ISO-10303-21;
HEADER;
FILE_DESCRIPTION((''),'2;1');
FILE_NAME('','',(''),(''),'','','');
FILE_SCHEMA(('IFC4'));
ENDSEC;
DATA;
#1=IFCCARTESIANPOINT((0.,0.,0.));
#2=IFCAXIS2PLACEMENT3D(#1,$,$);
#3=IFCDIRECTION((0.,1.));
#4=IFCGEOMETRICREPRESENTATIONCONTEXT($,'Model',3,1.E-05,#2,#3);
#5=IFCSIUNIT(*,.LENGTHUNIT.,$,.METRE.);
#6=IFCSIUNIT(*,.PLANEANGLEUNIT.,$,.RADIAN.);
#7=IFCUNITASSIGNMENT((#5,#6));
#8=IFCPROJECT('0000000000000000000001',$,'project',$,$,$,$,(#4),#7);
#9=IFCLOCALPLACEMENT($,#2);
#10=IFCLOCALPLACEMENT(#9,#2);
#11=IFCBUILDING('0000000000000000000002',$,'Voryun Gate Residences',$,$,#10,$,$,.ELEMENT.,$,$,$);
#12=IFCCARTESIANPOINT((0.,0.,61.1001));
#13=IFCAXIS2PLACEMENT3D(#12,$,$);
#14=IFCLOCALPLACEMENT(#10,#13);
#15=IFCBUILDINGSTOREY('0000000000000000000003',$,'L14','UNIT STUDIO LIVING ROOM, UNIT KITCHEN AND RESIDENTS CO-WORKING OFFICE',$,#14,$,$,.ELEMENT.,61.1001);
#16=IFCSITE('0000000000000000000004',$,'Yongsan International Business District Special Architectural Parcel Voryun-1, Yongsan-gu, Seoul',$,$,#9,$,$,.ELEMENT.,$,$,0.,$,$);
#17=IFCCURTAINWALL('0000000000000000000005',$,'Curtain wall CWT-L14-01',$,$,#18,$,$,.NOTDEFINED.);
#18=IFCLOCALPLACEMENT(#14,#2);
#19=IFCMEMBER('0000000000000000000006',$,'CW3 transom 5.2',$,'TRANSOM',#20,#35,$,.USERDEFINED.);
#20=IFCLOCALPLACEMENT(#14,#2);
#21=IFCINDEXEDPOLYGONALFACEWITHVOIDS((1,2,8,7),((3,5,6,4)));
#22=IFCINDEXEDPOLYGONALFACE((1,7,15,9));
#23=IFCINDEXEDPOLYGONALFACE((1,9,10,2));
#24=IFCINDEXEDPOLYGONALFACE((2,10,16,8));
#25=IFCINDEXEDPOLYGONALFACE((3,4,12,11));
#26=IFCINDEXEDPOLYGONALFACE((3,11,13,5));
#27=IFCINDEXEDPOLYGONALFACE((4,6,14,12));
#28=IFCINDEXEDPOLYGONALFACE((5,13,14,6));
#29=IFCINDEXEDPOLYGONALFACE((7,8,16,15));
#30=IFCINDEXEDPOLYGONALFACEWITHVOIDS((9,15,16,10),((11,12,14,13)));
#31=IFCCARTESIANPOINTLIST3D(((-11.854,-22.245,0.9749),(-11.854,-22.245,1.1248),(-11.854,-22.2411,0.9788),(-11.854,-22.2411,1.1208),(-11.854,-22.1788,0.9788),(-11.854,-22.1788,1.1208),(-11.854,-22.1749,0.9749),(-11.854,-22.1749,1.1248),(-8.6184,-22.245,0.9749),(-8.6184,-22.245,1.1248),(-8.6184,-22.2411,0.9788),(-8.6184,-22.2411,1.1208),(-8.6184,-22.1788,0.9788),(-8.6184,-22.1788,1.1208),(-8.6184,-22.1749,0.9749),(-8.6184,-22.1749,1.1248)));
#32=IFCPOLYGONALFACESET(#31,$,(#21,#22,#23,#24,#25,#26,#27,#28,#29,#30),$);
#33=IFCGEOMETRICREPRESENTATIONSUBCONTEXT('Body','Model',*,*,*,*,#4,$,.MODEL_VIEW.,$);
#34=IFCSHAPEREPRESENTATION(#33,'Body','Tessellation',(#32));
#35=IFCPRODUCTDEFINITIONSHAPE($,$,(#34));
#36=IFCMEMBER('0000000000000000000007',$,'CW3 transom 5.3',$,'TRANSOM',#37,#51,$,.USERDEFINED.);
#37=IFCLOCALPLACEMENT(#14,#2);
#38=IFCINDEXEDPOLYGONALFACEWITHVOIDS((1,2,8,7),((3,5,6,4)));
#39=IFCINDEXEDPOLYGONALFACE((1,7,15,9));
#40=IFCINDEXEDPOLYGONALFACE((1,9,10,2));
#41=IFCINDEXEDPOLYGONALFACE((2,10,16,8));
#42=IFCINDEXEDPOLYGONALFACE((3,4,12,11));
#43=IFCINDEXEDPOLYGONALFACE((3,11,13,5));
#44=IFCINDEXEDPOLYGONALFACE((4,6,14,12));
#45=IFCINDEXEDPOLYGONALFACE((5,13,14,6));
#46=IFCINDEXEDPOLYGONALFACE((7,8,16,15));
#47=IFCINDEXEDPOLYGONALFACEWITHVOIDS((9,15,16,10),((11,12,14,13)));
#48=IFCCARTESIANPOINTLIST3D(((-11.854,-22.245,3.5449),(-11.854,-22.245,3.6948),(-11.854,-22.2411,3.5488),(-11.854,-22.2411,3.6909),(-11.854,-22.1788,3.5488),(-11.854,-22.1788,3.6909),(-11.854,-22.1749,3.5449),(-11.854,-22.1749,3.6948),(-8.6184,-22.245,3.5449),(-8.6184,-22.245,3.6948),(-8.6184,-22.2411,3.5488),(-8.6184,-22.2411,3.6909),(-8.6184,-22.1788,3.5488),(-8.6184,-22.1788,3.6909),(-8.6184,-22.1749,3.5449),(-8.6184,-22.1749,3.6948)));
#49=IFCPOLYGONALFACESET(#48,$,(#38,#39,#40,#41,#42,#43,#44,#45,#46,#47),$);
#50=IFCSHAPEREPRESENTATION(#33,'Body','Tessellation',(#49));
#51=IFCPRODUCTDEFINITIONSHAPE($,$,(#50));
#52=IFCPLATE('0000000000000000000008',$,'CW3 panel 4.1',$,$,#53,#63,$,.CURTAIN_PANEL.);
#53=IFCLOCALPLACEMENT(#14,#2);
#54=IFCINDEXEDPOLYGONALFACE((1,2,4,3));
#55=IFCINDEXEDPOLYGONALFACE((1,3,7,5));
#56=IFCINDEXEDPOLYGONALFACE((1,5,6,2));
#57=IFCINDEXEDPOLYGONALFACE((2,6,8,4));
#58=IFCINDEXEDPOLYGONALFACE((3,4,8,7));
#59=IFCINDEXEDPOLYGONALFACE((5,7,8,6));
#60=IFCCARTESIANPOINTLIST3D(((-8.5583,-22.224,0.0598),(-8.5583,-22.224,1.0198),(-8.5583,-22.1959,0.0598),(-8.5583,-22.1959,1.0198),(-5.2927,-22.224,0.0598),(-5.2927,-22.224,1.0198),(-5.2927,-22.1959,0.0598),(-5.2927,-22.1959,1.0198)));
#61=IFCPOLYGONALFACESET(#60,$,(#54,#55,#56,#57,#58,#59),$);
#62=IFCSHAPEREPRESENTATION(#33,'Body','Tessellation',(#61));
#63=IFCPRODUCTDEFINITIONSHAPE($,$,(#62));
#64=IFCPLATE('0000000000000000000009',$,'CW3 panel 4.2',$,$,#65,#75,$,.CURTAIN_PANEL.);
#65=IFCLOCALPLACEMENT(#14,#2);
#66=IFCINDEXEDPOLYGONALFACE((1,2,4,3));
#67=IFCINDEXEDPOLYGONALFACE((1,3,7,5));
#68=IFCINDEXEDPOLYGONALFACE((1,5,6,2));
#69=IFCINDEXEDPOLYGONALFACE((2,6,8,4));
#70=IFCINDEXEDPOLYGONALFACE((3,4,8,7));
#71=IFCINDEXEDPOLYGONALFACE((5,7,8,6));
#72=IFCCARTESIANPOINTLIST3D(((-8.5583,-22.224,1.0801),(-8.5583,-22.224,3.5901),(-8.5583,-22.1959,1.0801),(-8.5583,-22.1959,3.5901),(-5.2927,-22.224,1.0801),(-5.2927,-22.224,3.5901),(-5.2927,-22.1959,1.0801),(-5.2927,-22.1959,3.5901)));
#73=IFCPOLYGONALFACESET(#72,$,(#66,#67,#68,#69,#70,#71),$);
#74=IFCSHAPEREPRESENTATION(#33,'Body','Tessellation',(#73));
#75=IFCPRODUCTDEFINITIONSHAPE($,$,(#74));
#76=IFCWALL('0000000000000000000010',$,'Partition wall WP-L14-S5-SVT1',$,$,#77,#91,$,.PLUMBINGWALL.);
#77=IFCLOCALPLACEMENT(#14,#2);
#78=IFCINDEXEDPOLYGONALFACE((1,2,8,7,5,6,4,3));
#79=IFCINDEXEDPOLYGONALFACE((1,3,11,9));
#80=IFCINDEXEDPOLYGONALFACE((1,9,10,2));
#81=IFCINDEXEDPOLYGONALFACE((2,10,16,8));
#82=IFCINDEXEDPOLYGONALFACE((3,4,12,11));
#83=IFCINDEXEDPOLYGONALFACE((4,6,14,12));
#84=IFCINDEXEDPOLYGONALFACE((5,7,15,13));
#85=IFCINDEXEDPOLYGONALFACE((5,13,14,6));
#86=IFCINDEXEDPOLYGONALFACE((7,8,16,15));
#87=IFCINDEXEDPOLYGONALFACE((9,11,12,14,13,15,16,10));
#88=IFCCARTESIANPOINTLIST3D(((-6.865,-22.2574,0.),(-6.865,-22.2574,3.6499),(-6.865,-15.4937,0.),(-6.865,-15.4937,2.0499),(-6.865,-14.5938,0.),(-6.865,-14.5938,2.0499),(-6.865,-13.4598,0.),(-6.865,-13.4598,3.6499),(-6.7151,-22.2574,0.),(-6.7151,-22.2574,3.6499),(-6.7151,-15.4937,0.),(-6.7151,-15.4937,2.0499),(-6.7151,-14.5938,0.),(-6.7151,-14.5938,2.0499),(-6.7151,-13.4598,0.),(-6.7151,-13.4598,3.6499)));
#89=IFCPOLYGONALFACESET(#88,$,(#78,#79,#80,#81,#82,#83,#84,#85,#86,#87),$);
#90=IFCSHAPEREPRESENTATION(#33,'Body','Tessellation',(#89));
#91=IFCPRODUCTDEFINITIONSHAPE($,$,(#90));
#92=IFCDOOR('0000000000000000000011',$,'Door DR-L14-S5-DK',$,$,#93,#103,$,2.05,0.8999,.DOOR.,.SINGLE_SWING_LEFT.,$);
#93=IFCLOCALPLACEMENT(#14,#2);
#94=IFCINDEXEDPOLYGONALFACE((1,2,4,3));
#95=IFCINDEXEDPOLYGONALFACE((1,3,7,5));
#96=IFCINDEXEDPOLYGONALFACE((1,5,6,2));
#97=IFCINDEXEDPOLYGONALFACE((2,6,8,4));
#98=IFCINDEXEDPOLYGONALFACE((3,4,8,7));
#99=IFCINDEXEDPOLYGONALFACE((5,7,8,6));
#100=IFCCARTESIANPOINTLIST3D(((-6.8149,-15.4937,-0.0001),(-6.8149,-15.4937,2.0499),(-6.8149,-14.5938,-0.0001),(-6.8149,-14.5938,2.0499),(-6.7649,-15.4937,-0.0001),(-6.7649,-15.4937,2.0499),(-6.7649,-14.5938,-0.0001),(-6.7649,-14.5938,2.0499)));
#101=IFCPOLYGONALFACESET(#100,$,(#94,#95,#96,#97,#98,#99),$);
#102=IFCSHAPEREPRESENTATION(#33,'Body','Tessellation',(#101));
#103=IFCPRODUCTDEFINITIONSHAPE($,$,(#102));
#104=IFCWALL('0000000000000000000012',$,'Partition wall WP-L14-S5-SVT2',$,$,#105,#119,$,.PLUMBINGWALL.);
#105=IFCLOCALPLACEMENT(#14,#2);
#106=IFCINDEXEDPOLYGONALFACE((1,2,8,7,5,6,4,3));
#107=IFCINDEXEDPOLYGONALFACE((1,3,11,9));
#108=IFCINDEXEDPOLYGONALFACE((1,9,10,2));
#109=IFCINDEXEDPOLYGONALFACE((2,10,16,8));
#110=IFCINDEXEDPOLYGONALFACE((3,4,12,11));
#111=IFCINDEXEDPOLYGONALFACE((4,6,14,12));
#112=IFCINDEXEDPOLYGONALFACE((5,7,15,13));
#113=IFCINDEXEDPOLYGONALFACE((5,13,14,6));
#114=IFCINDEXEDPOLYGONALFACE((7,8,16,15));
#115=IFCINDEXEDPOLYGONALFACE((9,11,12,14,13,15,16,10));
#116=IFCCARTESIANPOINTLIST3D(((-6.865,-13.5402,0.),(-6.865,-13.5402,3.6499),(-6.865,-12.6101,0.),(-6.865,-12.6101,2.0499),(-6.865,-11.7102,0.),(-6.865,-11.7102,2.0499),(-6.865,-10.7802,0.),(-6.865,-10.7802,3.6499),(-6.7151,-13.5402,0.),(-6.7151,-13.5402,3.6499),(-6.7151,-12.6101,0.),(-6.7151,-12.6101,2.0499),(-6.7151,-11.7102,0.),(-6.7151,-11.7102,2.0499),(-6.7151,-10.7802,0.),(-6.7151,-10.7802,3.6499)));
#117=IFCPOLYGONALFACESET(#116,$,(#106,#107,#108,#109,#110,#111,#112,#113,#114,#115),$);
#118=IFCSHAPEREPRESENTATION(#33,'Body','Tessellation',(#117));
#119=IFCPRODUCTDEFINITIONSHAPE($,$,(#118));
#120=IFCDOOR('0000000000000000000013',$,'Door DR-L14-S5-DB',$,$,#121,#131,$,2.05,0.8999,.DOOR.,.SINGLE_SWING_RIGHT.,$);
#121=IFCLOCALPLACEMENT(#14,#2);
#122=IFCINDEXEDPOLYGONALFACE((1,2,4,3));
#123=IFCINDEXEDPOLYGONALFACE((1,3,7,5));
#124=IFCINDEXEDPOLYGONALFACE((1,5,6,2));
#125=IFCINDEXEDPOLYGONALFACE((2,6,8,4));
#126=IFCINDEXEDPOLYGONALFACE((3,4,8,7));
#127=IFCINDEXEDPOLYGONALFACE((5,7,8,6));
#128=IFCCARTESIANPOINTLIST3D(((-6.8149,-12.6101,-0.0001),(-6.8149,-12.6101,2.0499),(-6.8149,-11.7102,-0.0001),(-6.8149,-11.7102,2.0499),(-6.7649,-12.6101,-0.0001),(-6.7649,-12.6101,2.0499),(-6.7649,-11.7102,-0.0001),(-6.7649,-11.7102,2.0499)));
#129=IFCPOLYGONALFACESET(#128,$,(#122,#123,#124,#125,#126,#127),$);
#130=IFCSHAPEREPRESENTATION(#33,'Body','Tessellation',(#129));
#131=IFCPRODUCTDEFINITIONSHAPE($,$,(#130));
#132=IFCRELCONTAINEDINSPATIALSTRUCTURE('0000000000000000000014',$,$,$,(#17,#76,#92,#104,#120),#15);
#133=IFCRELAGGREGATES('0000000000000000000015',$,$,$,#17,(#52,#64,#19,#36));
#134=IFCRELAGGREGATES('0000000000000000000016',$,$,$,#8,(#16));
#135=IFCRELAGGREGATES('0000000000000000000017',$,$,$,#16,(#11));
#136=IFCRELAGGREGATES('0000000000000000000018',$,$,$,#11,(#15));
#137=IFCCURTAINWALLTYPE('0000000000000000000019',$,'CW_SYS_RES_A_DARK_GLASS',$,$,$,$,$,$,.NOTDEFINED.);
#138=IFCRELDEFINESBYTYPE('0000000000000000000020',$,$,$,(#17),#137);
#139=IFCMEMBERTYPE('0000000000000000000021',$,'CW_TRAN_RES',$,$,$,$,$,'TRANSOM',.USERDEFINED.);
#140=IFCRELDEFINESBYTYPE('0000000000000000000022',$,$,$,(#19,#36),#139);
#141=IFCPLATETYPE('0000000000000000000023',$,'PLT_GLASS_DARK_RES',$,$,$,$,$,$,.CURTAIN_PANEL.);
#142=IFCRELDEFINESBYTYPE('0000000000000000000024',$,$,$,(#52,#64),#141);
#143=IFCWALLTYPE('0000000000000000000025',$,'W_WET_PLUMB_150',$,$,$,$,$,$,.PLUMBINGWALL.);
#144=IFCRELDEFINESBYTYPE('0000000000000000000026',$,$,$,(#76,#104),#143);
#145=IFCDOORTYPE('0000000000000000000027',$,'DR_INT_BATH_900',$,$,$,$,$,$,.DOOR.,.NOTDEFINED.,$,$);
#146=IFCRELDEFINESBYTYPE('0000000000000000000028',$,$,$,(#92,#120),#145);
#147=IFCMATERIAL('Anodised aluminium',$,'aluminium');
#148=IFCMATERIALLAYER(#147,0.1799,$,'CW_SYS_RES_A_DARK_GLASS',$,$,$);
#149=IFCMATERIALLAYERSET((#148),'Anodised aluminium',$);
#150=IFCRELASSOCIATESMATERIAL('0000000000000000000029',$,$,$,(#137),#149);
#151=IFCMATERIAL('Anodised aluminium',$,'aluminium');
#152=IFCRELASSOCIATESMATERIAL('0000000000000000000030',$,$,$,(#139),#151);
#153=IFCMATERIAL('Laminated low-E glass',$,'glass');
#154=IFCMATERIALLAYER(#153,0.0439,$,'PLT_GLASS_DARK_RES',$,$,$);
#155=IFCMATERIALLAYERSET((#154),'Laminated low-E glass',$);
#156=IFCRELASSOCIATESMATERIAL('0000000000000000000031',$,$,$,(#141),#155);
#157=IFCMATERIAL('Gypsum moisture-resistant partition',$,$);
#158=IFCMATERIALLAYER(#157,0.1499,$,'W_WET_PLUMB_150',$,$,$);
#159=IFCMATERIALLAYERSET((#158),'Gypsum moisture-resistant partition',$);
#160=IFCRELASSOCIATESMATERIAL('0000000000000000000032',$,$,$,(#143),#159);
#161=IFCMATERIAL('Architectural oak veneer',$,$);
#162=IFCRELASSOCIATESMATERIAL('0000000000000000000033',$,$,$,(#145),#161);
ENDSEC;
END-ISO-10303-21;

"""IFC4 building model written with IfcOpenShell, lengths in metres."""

from ifc_helpers import new_model, si_unit, direction, frame, frame_2d, origin, origin_2d, place, context, subcontext, project, spatial, rectangle, hollow_rectangle, extrude, material, layer, layer_set, material_profile, profile_set, type_object, element, fill, aggregate, save


model = new_model("IFC4")

# Units and contexts
model_context = context("Model", 3, precision=1e-05, world=origin(), true_north=direction((0.0, 1.0)))
body_context = subcontext(model_context, "Body", "Model", "MODEL_VIEW")
ifc_project = project(units=[si_unit("LENGTHUNIT", "METRE"), si_unit("PLANEANGLEUNIT", "RADIAN")], contexts=[model_context])

# Site, building, storey
site_placement = place(None, origin())
site = spatial("IfcSite", under=ifc_project, at=site_placement, Name="Yongsan International Business District Special Architectural Parcel Voryun-1, Yongsan-gu, Seoul", CompositionType="ELEMENT", RefElevation=0.0)
building_placement = place(site_placement, origin())
building = spatial("IfcBuilding", under=site, at=building_placement, Name="Voryun Gate Residences", CompositionType="ELEMENT")
storey_placement = place(building_placement, frame((0.0, 0.0, 61.1001)))
storey = spatial("IfcBuildingStorey", under=building, at=storey_placement, Name="L14", Description="UNIT STUDIO LIVING ROOM, UNIT KITCHEN AND RESIDENTS CO-WORKING OFFICE", CompositionType="ELEMENT", Elevation=61.1001)

# Curtain wall, members, plates
ifc_material_1 = material(Name="Anodised aluminium", Category="aluminium")
ifc_layer_1 = layer(ifc_material_1, 0.1799, Name="CW_SYS_RES_A_DARK_GLASS")
ifc_layer_set_1 = layer_set([ifc_layer_1], Name="Anodised aluminium")
curtain_wall_type = type_object("IfcCurtainWallType", Name="CW_SYS_RES_A_DARK_GLASS", PredefinedType="NOTDEFINED", material=ifc_layer_set_1)
curtain_wall_placement = place(storey_placement, origin())
curtain_wall = element("IfcCurtainWall", 1, at=curtain_wall_placement, inside=storey, type_object=curtain_wall_type, Name="Curtain wall CWT-L14-01", PredefinedType="NOTDEFINED")
ifc_material_2 = material(Name="Anodised aluminium", Category="aluminium")
ifc_material_profile_1 = material_profile(ifc_material_2, hollow_rectangle(XDim=0.0701, YDim=0.1499, WallThickness=0.0039, at=origin_2d()), Name="ALU-TRAN-150x70x4")
ifc_profile_set_1 = profile_set([ifc_material_profile_1], Name="Anodised aluminium")
member_type_1 = type_object("IfcMemberType", Name="CW_TRAN_RES", ElementType="TRANSOM", PredefinedType="USERDEFINED", material=ifc_profile_set_1)
member_1_placement = place(storey_placement, frame((-8.6184, -22.21, 1.0498), z_axis=(-1.0, 0.0, 0.0), x_axis=(0.0, -1.0, 0.0)))
member_1 = element("IfcMember", 2, at=member_1_placement, type_object=member_type_1, Name="CW3 transom 5.2", ObjectType="TRANSOM", PredefinedType="USERDEFINED", context=body_context, shape_type="SweptSolid", body=[
    extrude(hollow_rectangle(XDim=0.0701, YDim=0.1499, WallThickness=0.0039, at=origin_2d()), origin(), (0.0, 0.0, 1.0), 3.2356),
])
member_2_placement = place(storey_placement, frame((-8.6184, -22.21, 3.6199), z_axis=(-1.0, 0.0, 0.0), x_axis=(0.0, -1.0, 0.0)))
member_2 = element("IfcMember", 3, at=member_2_placement, type_object=member_type_1, Name="CW3 transom 5.3", ObjectType="TRANSOM", PredefinedType="USERDEFINED", context=body_context, shape_type="SweptSolid", body=[
    extrude(hollow_rectangle(XDim=0.0701, YDim=0.1499, WallThickness=0.0039, at=origin_2d()), origin(), (0.0, 0.0, 1.0), 3.2356),
])
ifc_material_3 = material(Name="Laminated low-E glass", Category="glass")
ifc_layer_2 = layer(ifc_material_3, 0.0439, Name="PLT_GLASS_DARK_RES")
ifc_layer_set_2 = layer_set([ifc_layer_2], Name="Laminated low-E glass")
plate_type = type_object("IfcPlateType", Name="PLT_GLASS_DARK_RES", PredefinedType="CURTAIN_PANEL", material=ifc_layer_set_2)
plate_1_placement = place(storey_placement, frame((-6.9255, -22.21, 0.0598), z_axis=(0.0, 0.0, 1.0), x_axis=(-1.0, 0.0, 0.0)))
plate_1 = element("IfcPlate", 4, at=plate_1_placement, type_object=plate_type, Name="CW3 panel 4.1", PredefinedType="CURTAIN_PANEL", context=body_context, shape_type="SweptSolid", body=[
    extrude(rectangle(XDim=3.2656, YDim=0.0281, at=origin_2d()), origin(), (0.0, 0.0, 1.0), 0.96),
])
plate_2_placement = place(storey_placement, frame((-6.9255, -22.21, 1.0801), z_axis=(0.0, 0.0, 1.0), x_axis=(-1.0, 0.0, 0.0)))
plate_2 = element("IfcPlate", 5, at=plate_2_placement, type_object=plate_type, Name="CW3 panel 4.2", PredefinedType="CURTAIN_PANEL", context=body_context, shape_type="SweptSolid", body=[
    extrude(rectangle(XDim=3.2656, YDim=0.0281, at=origin_2d()), origin(), (0.0, 0.0, 1.0), 2.51),
])
aggregate(curtain_wall, [plate_1, plate_2, member_1, member_2])

# Walls, openings, doors
ifc_material_4 = material(Name="Gypsum moisture-resistant partition")
ifc_layer_3 = layer(ifc_material_4, 0.1499, Name="W_WET_PLUMB_150")
ifc_layer_set_3 = layer_set([ifc_layer_3], Name="Gypsum moisture-resistant partition")
wall_type = type_object("IfcWallType", Name="W_WET_PLUMB_150", PredefinedType="PLUMBINGWALL", material=ifc_layer_set_3)
wall_1_placement = place(storey_placement, frame((-6.79, -22.2576, 0.0), z_axis=(0.0, 0.0, 1.0), x_axis=(0.0, 1.0, 0.0)))
wall_1 = element("IfcWall", 6, at=wall_1_placement, inside=storey, type_object=wall_type, Name="Partition wall WP-L14-S5-SVT1", PredefinedType="PLUMBINGWALL", context=body_context, shape_type="SweptSolid", body=[
    extrude(rectangle(XDim=8.7976, YDim=0.1499, at=frame_2d((4.3989, 0.0))), origin(), (0.0, 0.0, 1.0), 3.6499),
])
opening_1_placement = place(wall_1_placement, frame((6.7639, 0.0, 0.0)))
opening_1 = element("IfcOpeningElement", 7, at=opening_1_placement, cuts=wall_1, PredefinedType="OPENING", context=body_context, shape_type="SweptSolid", body=[
    extrude(rectangle(XDim=0.8999, YDim=2.05, at=frame_2d((0.45, 1.0249))), frame((0.0, 0.085, 0.0), z_axis=(0.0, -1.0, 0.0), x_axis=(1.0, 0.0, 0.0)), (0.0, 0.0, 1.0), 0.1699),
])
ifc_material_5 = material(Name="Architectural oak veneer")
door_type = type_object("IfcDoorType", Name="DR_INT_BATH_900", OperationType="NOTDEFINED", PredefinedType="DOOR", material=ifc_material_5)
door_1_placement = place(opening_1_placement, origin())
door_1 = element("IfcDoor", 8, at=door_1_placement, inside=storey, type_object=door_type, Name="Door DR-L14-S5-DK", OperationType="SINGLE_SWING_LEFT", OverallHeight=2.05, OverallWidth=0.8999, PredefinedType="DOOR", context=body_context, shape_type="SweptSolid", body=[
    extrude(rectangle(XDim=0.8999, YDim=2.05, at=frame_2d((0.45, 1.0249))), frame((0.0, 0.0249, 0.0), z_axis=(0.0, -1.0, 0.0), x_axis=(1.0, 0.0, 0.0)), (0.0, 0.0, 1.0), 0.05),
])
fill(opening_1, door_1)
wall_2_placement = place(storey_placement, frame((-6.79, -13.54, 0.0), z_axis=(0.0, 0.0, 1.0), x_axis=(0.0, 1.0, 0.0)))
wall_2 = element("IfcWall", 9, at=wall_2_placement, inside=storey, type_object=wall_type, Name="Partition wall WP-L14-S5-SVT2", PredefinedType="PLUMBINGWALL", context=body_context, shape_type="SweptSolid", body=[
    extrude(rectangle(XDim=2.76, YDim=0.1499, at=frame_2d((1.3799, 0.0))), origin(), (0.0, 0.0, 1.0), 3.6499),
])
opening_2_placement = place(wall_2_placement, frame((0.9299, 0.0, 0.0)))
opening_2 = element("IfcOpeningElement", 10, at=opening_2_placement, cuts=wall_2, PredefinedType="OPENING", context=body_context, shape_type="SweptSolid", body=[
    extrude(rectangle(XDim=0.8999, YDim=2.05, at=frame_2d((0.45, 1.0249))), frame((0.0, 0.085, 0.0), z_axis=(0.0, -1.0, 0.0), x_axis=(1.0, 0.0, 0.0)), (0.0, 0.0, 1.0), 0.1699),
])
door_2_placement = place(opening_2_placement, origin())
door_2 = element("IfcDoor", 11, at=door_2_placement, inside=storey, type_object=door_type, Name="Door DR-L14-S5-DB", OperationType="SINGLE_SWING_RIGHT", OverallHeight=2.05, OverallWidth=0.8999, PredefinedType="DOOR", context=body_context, shape_type="SweptSolid", body=[
    extrude(rectangle(XDim=0.8999, YDim=2.05, at=frame_2d((0.45, 1.0249))), frame((0.0, 0.0249, 0.0), z_axis=(0.0, -1.0, 0.0), x_axis=(1.0, 0.0, 0.0)), (0.0, 0.0, 1.0), 0.05),
])
fill(opening_2, door_2)

save(model, "model.ifc")
